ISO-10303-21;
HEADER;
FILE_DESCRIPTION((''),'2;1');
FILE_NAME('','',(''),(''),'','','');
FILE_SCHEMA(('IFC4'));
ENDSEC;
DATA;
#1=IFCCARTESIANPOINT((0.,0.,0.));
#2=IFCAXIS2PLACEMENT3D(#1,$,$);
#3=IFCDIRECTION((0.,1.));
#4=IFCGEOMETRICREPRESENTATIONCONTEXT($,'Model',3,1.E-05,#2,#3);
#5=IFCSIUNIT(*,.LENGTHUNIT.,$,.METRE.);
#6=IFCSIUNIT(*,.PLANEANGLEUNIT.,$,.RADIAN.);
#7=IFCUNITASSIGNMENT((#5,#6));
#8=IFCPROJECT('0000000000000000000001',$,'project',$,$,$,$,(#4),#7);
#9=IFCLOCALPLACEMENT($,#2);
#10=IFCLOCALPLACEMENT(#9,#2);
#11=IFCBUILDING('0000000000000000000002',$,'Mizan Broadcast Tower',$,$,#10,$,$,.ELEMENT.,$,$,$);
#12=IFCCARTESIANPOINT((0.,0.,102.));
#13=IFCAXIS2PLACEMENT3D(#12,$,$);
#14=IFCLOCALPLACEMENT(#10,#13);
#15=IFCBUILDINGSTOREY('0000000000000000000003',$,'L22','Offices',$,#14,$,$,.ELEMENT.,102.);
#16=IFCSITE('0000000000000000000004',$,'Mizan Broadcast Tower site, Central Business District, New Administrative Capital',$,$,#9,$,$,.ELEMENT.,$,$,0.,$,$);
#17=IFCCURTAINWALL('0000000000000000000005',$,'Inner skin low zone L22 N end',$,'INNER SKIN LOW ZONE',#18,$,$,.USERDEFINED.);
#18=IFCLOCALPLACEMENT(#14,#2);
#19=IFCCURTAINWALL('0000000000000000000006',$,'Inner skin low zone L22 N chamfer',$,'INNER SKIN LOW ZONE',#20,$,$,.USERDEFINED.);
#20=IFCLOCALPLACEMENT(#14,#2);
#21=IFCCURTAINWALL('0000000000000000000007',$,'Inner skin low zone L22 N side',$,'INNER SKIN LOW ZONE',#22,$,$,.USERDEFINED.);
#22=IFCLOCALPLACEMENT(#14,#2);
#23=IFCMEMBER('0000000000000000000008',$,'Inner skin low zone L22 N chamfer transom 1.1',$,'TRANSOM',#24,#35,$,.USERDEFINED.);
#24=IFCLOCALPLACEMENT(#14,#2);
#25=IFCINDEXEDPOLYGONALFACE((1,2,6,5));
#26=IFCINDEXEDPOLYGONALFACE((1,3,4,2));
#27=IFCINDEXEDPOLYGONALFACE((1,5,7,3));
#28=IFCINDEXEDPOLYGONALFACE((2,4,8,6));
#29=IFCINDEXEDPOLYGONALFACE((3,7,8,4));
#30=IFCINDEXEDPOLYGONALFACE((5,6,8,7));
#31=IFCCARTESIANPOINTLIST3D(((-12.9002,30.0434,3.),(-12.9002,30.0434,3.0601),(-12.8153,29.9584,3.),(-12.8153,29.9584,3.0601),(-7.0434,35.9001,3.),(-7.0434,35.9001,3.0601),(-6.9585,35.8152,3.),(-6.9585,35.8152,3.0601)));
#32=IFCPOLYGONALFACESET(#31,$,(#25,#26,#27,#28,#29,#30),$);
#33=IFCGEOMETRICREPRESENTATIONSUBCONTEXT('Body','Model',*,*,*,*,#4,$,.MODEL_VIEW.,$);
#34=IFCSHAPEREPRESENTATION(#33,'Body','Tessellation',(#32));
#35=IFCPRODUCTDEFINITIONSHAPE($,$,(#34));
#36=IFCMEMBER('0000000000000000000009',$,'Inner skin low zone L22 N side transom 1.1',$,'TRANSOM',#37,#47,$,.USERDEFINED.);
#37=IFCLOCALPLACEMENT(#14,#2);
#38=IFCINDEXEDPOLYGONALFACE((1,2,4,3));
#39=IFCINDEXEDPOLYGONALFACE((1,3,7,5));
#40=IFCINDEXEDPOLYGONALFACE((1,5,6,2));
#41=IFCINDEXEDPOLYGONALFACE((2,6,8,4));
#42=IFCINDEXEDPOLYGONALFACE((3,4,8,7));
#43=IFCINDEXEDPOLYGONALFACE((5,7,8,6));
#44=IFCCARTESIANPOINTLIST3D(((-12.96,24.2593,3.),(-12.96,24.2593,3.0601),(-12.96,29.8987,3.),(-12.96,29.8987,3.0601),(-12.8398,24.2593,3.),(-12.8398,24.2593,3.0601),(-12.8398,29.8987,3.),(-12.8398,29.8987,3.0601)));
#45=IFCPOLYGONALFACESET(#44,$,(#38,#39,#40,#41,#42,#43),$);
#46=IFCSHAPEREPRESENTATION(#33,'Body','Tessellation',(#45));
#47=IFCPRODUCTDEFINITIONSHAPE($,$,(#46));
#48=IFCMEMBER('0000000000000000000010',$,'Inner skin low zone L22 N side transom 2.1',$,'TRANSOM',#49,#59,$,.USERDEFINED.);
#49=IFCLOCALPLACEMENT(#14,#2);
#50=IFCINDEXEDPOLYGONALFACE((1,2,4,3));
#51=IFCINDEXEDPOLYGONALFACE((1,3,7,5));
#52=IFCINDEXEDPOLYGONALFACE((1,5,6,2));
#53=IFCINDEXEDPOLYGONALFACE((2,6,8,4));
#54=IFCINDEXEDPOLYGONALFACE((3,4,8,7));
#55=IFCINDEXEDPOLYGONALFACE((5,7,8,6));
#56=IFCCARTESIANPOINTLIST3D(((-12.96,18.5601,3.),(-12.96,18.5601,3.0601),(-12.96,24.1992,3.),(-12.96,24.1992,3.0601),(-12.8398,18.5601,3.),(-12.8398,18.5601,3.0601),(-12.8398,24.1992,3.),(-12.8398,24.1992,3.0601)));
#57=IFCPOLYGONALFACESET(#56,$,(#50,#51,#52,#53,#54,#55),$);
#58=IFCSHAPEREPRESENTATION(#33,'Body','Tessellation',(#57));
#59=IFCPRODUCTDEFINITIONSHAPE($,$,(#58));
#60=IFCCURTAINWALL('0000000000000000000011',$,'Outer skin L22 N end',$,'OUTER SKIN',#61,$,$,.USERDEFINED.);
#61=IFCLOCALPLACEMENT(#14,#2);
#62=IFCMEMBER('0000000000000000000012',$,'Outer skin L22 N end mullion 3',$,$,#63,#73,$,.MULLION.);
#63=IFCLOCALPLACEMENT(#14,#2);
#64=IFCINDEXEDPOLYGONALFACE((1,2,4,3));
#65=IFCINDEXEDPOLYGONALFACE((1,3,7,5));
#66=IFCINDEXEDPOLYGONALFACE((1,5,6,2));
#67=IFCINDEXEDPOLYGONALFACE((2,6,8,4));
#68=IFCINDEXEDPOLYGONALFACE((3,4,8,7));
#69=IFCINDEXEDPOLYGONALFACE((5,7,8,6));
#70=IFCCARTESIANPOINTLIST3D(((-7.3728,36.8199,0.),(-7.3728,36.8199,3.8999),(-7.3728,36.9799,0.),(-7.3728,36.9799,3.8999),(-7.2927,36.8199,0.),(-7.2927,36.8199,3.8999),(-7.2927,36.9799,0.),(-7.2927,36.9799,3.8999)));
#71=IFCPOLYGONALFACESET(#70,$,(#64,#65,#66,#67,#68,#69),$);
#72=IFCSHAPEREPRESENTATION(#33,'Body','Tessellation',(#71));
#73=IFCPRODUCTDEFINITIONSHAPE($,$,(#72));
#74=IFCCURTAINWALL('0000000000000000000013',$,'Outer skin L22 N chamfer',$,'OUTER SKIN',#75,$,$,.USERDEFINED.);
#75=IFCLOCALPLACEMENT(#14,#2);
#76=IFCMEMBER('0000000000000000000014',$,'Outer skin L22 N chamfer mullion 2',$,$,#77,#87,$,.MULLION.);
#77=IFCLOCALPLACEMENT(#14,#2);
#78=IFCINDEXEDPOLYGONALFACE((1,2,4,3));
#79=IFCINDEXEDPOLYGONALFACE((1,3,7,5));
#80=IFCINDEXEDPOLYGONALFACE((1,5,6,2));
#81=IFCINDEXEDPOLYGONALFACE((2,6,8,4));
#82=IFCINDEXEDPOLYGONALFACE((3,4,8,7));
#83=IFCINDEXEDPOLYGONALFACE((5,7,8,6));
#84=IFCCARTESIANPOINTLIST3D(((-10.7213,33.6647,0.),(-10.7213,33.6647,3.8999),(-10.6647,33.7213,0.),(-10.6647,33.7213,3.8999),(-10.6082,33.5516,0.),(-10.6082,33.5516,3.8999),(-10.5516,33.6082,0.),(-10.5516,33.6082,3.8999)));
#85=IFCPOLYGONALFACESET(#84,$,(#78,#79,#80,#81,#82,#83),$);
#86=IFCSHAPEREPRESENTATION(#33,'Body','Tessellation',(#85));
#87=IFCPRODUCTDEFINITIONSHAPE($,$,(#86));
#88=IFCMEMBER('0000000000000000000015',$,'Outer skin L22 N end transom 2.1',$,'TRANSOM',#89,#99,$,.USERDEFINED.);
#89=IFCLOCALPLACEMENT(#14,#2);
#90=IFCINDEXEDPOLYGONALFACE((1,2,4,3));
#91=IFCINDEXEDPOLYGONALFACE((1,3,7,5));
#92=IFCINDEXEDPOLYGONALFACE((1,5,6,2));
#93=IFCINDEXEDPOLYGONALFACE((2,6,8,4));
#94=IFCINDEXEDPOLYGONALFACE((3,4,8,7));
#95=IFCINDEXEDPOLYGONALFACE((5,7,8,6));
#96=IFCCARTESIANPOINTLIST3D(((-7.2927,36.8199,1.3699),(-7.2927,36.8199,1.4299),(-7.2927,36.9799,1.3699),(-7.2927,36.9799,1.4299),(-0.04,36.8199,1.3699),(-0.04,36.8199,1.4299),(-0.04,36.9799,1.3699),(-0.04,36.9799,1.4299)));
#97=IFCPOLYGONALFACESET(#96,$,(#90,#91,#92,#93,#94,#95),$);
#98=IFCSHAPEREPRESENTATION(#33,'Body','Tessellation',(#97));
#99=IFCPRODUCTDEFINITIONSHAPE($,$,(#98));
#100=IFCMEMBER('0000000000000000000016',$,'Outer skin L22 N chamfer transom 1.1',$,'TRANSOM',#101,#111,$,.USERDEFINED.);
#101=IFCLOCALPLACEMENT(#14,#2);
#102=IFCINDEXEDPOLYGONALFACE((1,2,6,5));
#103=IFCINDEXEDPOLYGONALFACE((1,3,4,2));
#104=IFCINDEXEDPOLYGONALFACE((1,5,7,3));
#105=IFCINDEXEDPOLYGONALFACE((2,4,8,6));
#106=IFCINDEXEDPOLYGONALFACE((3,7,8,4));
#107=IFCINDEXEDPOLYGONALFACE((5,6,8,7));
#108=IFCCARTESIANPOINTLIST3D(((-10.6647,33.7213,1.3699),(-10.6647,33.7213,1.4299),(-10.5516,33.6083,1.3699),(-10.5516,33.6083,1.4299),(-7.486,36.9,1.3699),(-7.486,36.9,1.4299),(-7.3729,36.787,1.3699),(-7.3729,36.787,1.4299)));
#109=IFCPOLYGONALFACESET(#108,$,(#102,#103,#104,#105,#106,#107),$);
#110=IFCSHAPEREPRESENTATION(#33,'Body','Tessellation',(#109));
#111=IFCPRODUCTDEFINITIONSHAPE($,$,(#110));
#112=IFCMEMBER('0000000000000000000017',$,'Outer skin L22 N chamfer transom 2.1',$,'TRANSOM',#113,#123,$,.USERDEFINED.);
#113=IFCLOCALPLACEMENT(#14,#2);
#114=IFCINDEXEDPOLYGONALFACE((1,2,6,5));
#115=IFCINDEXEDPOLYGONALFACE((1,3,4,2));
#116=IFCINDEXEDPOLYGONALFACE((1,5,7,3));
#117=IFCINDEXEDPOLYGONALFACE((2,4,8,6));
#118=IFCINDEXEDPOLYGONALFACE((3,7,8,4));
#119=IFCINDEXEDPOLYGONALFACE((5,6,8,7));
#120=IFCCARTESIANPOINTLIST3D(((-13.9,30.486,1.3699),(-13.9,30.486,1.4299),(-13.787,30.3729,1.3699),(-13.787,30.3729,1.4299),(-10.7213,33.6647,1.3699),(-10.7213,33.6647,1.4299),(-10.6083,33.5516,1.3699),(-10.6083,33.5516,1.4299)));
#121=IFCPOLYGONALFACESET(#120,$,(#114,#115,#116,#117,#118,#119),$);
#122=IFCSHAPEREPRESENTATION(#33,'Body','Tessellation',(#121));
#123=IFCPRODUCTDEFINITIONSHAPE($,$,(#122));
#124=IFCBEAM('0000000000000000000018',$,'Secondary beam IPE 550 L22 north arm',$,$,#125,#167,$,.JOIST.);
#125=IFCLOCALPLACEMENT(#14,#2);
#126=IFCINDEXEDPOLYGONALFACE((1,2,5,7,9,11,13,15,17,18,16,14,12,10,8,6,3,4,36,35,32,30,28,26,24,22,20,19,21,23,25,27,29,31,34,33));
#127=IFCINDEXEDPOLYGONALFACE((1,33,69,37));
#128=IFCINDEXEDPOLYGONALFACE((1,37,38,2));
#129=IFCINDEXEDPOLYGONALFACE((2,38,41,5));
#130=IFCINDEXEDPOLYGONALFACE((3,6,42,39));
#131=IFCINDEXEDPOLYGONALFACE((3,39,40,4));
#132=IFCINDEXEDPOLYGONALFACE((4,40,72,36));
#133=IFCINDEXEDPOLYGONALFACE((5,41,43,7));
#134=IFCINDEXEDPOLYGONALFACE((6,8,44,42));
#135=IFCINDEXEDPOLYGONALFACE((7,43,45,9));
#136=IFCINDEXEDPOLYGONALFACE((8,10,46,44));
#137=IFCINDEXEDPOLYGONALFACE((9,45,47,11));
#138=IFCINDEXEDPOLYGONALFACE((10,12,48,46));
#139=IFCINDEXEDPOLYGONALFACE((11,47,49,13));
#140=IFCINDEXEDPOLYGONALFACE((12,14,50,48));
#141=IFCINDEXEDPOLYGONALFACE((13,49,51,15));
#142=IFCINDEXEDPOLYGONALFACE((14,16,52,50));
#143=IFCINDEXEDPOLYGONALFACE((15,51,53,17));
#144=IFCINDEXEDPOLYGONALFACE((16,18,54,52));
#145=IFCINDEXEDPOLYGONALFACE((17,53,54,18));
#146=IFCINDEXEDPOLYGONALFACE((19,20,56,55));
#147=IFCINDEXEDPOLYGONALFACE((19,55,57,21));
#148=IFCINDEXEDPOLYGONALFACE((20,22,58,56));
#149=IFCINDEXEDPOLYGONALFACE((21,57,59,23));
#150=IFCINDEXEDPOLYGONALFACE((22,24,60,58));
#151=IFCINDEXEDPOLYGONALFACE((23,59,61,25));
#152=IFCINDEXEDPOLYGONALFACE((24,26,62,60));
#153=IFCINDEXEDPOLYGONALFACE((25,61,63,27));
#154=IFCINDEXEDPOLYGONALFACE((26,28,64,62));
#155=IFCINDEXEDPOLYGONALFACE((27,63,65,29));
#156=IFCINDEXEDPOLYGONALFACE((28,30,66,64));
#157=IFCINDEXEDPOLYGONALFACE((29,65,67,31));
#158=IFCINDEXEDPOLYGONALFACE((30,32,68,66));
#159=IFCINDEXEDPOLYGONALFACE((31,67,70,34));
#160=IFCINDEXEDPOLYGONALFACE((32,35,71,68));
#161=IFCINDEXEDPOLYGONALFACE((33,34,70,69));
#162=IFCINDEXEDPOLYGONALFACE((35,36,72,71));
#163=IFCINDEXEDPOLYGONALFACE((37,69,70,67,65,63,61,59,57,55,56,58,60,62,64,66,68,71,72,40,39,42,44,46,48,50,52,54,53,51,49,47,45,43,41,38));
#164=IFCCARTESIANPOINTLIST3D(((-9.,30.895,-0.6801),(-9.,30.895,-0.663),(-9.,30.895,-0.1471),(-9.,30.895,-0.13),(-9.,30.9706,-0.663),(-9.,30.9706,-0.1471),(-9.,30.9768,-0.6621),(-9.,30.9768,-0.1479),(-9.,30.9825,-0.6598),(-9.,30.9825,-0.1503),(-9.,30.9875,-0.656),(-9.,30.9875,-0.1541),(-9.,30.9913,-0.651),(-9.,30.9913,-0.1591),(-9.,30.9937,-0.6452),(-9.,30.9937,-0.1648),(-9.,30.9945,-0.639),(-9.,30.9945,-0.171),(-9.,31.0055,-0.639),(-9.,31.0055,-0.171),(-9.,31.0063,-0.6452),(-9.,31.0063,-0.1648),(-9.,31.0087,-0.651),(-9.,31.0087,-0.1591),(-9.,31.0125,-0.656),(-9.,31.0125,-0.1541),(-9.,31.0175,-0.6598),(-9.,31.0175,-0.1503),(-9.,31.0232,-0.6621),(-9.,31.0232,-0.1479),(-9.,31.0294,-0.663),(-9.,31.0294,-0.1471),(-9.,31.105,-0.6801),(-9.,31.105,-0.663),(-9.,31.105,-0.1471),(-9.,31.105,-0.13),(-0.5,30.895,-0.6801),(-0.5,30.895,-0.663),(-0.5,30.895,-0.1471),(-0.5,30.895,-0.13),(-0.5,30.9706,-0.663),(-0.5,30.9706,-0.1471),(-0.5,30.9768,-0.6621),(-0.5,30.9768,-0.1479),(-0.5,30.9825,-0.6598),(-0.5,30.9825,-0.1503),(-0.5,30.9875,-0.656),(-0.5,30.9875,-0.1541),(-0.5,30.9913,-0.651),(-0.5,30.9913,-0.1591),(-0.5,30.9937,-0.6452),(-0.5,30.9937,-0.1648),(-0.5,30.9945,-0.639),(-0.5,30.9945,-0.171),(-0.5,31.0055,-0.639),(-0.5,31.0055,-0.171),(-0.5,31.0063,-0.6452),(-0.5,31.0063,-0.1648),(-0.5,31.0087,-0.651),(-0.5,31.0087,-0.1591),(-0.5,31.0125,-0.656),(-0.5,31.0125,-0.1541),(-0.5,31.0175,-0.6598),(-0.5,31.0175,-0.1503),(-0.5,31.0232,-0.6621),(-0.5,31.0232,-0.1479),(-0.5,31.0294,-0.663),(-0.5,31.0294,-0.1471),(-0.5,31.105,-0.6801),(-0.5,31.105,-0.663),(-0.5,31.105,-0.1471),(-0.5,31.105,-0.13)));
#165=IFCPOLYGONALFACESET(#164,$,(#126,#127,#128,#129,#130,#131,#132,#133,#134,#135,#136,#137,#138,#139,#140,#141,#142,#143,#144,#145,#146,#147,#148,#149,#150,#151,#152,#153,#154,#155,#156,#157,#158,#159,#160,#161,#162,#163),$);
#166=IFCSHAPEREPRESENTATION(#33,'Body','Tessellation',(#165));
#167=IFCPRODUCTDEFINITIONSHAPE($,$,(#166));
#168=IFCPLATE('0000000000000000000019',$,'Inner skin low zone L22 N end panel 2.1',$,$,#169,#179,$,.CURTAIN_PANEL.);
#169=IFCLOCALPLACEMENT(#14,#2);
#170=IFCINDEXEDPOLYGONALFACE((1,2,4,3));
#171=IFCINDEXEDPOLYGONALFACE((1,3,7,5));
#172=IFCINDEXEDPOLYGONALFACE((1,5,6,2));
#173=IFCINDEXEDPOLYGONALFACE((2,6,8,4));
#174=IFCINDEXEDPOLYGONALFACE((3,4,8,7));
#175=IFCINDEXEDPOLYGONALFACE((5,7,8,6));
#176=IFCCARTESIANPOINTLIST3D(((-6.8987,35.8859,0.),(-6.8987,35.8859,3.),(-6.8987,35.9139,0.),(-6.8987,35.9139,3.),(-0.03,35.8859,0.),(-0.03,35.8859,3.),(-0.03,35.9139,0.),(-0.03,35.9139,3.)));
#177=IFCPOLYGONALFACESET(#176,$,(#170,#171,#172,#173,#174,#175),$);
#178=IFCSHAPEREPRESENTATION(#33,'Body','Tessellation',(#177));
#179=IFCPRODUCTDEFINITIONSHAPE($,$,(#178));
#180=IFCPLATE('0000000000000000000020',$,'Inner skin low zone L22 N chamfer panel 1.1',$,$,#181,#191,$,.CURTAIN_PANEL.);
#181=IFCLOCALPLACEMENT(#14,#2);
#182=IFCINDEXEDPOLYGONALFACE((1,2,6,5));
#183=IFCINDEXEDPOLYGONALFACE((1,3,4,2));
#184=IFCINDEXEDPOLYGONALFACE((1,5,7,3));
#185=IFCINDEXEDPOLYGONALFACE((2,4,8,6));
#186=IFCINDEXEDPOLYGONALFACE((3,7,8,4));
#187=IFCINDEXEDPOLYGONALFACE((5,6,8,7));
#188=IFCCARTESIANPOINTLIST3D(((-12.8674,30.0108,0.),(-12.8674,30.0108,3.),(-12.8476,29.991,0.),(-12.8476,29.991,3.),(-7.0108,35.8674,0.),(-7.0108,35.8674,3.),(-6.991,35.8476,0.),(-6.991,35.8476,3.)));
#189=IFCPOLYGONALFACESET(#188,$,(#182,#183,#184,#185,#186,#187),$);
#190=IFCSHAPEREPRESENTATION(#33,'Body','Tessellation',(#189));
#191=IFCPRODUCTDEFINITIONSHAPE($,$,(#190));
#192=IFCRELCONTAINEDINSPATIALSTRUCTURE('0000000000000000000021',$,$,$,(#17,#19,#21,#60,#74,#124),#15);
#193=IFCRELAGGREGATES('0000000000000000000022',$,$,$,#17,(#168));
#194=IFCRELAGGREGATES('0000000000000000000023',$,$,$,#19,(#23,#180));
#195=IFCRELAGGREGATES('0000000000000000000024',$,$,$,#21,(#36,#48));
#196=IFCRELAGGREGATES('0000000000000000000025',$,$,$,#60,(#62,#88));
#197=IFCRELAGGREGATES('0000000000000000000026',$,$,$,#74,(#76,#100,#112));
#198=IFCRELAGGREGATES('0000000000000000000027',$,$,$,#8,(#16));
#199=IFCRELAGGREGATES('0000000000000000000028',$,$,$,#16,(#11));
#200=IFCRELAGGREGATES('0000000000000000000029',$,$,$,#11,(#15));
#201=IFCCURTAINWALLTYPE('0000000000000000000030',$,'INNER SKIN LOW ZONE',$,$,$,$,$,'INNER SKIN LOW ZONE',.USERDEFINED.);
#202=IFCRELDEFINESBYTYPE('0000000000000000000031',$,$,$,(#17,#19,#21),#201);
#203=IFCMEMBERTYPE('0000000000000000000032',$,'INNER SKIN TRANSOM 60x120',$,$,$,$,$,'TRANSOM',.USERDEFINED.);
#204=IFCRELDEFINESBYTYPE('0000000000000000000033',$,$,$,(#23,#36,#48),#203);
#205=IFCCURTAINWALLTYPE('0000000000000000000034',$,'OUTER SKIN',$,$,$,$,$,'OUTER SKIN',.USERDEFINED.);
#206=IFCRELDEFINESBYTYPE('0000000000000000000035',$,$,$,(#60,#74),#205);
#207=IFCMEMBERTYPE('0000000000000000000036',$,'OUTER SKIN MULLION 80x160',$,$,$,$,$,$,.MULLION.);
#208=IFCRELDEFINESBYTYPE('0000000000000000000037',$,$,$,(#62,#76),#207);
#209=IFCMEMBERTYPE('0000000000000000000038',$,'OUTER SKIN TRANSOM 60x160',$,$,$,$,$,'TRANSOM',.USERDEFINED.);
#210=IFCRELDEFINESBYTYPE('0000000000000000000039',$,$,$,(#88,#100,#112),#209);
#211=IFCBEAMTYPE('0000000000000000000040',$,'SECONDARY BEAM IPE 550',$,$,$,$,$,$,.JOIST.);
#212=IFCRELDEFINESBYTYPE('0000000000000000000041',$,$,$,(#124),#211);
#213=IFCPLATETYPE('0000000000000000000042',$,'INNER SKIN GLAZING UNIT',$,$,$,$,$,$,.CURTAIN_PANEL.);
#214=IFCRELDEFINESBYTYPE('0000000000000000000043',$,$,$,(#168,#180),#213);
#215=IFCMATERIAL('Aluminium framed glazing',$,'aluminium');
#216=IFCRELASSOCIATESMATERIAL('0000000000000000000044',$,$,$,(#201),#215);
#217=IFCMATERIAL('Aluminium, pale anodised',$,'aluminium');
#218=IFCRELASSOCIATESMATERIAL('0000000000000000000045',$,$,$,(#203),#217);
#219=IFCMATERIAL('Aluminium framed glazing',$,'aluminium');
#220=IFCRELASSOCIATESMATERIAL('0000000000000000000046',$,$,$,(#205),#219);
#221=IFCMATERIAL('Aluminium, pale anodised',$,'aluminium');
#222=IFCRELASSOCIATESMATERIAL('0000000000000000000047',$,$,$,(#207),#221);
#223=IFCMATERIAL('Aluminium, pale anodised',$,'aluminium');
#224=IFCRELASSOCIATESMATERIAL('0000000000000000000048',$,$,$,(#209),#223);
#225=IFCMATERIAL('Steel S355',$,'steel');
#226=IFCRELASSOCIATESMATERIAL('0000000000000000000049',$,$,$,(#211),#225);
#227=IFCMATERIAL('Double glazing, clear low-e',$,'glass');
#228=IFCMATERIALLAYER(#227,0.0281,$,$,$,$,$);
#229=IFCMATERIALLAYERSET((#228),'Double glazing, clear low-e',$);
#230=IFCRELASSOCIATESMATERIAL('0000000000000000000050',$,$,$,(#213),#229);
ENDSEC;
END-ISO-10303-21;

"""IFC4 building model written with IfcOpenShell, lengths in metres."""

from ifc_helpers import new_model, si_unit, direction, frame, origin, origin_2d, place, context, subcontext, project, spatial, rectangle, i_section, extrude, material, layer, layer_set, material_profile, profile_set, type_object, element, aggregate, save


model = new_model("IFC4")

# Units and contexts
model_context = context("Model", 3, precision=1e-05, world=origin(), true_north=direction((0.0, 1.0)))
body_context = subcontext(model_context, "Body", "Model", "MODEL_VIEW")
ifc_project = project(units=[si_unit("LENGTHUNIT", "METRE"), si_unit("PLANEANGLEUNIT", "RADIAN")], contexts=[model_context])

# Site, building, storey
site_placement = place(None, origin())
site = spatial("IfcSite", under=ifc_project, at=site_placement, Name="Mizan Broadcast Tower site, Central Business District, New Administrative Capital", CompositionType="ELEMENT", RefElevation=0.0)
building_placement = place(site_placement, origin())
building = spatial("IfcBuilding", under=site, at=building_placement, Name="Mizan Broadcast Tower", CompositionType="ELEMENT")
storey_placement = place(building_placement, frame((0.0, 0.0, 102.0)))
storey = spatial("IfcBuildingStorey", under=building, at=storey_placement, Name="L22", Description="Offices", CompositionType="ELEMENT", Elevation=102.0)

# Curtain walls
ifc_material_1 = material(Name="Aluminium framed glazing", Category="aluminium")
curtain_wall_type_1 = type_object("IfcCurtainWallType", Name="INNER SKIN LOW ZONE", ElementType="INNER SKIN LOW ZONE", PredefinedType="USERDEFINED", material=ifc_material_1)
curtain_wall_1_placement = place(storey_placement, origin())
curtain_wall_1 = element("IfcCurtainWall", 1, at=curtain_wall_1_placement, inside=storey, type_object=curtain_wall_type_1, Name="Inner skin low zone L22 N end", ObjectType="INNER SKIN LOW ZONE", PredefinedType="USERDEFINED")
curtain_wall_2_placement = place(storey_placement, origin())
curtain_wall_2 = element("IfcCurtainWall", 2, at=curtain_wall_2_placement, inside=storey, type_object=curtain_wall_type_1, Name="Inner skin low zone L22 N chamfer", ObjectType="INNER SKIN LOW ZONE", PredefinedType="USERDEFINED")
curtain_wall_3_placement = place(storey_placement, origin())
curtain_wall_3 = element("IfcCurtainWall", 3, at=curtain_wall_3_placement, inside=storey, type_object=curtain_wall_type_1, Name="Inner skin low zone L22 N side", ObjectType="INNER SKIN LOW ZONE", PredefinedType="USERDEFINED")

# Members
ifc_material_2 = material(Name="Aluminium, pale anodised", Category="aluminium")
ifc_material_profile_1 = material_profile(ifc_material_2, rectangle(XDim=0.1201, YDim=0.0601, at=origin_2d()), Name="TRANSOM 120x60")
ifc_profile_set_1 = profile_set([ifc_material_profile_1], Name="Aluminium, pale anodised")
member_type_1 = type_object("IfcMemberType", Name="INNER SKIN TRANSOM 60x120", ElementType="TRANSOM", PredefinedType="USERDEFINED", material=ifc_profile_set_1)
member_1_placement = place(storey_placement, frame((-7.001, 35.8577, 3.03), z_axis=(-0.707107, -0.707107, 0.0), x_axis=(0.707107, -0.707107, 0.0)))
member_1 = element("IfcMember", 4, at=member_1_placement, type_object=member_type_1, Name="Inner skin low zone L22 N chamfer transom 1.1", ObjectType="TRANSOM", PredefinedType="USERDEFINED", context=body_context, shape_type="SweptSolid", body=[
    extrude(rectangle(XDim=0.1201, YDim=0.0601, at=origin_2d()), origin(), (0.0, 0.0, 1.0), 8.2827),
])
member_2_placement = place(storey_placement, frame((-12.8999, 29.8987, 3.03), z_axis=(0.0, -1.0, 0.0), x_axis=(1.0, 0.0, 0.0)))
member_2 = element("IfcMember", 5, at=member_2_placement, type_object=member_type_1, Name="Inner skin low zone L22 N side transom 1.1", ObjectType="TRANSOM", PredefinedType="USERDEFINED", context=body_context, shape_type="SweptSolid", body=[
    extrude(rectangle(XDim=0.1201, YDim=0.0601, at=origin_2d()), origin(), (0.0, 0.0, 1.0), 5.6394),
])
member_3_placement = place(storey_placement, frame((-12.8999, 24.1992, 3.03), z_axis=(0.0, -1.0, 0.0), x_axis=(1.0, 0.0, 0.0)))
member_3 = element("IfcMember", 6, at=member_3_placement, type_object=member_type_1, Name="Inner skin low zone L22 N side transom 2.1", ObjectType="TRANSOM", PredefinedType="USERDEFINED", context=body_context, shape_type="SweptSolid", body=[
    extrude(rectangle(XDim=0.1201, YDim=0.0601, at=origin_2d()), origin(), (0.0, 0.0, 1.0), 5.6392),
])

# Curtain walls, members
ifc_material_3 = material(Name="Aluminium framed glazing", Category="aluminium")
curtain_wall_type_2 = type_object("IfcCurtainWallType", Name="OUTER SKIN", ElementType="OUTER SKIN", PredefinedType="USERDEFINED", material=ifc_material_3)
curtain_wall_4_placement = place(storey_placement, origin())
curtain_wall_4 = element("IfcCurtainWall", 7, at=curtain_wall_4_placement, inside=storey, type_object=curtain_wall_type_2, Name="Outer skin L22 N end", ObjectType="OUTER SKIN", PredefinedType="USERDEFINED")
ifc_material_4 = material(Name="Aluminium, pale anodised", Category="aluminium")
ifc_material_profile_2 = material_profile(ifc_material_4, rectangle(XDim=0.1599, YDim=0.0801, at=origin_2d()), Name="MULLION 160x80")
ifc_profile_set_2 = profile_set([ifc_material_profile_2], Name="Aluminium, pale anodised")
member_type_2 = type_object("IfcMemberType", Name="OUTER SKIN MULLION 80x160", PredefinedType="MULLION", material=ifc_profile_set_2)
member_4_placement = place(storey_placement, frame((-7.3328, 36.8999, 0.0), z_axis=(0.0, 0.0, 1.0), x_axis=(0.0, -1.0, 0.0)))
member_4 = element("IfcMember", 8, at=member_4_placement, type_object=member_type_2, Name="Outer skin L22 N end mullion 3", PredefinedType="MULLION", context=body_context, shape_type="SweptSolid", body=[
    extrude(rectangle(XDim=0.1599, YDim=0.0801, at=origin_2d()), origin(), (0.0, 0.0, 1.0), 3.8999),
])
curtain_wall_5_placement = place(storey_placement, origin())
curtain_wall_5 = element("IfcCurtainWall", 9, at=curtain_wall_5_placement, inside=storey, type_object=curtain_wall_type_2, Name="Outer skin L22 N chamfer", ObjectType="OUTER SKIN", PredefinedType="USERDEFINED")
member_5_placement = place(storey_placement, frame((-10.6365, 33.6365, 0.0), z_axis=(0.0, 0.0, 1.0), x_axis=(0.707107, -0.707107, 0.0)))
member_5 = element("IfcMember", 10, at=member_5_placement, type_object=member_type_2, Name="Outer skin L22 N chamfer mullion 2", PredefinedType="MULLION", context=body_context, shape_type="SweptSolid", body=[
    extrude(rectangle(XDim=0.1599, YDim=0.0801, at=origin_2d()), origin(), (0.0, 0.0, 1.0), 3.8999),
])

# Members
ifc_material_5 = material(Name="Aluminium, pale anodised", Category="aluminium")
ifc_material_profile_3 = material_profile(ifc_material_5, rectangle(XDim=0.1599, YDim=0.0601, at=origin_2d()), Name="TRANSOM 160x60")
ifc_profile_set_3 = profile_set([ifc_material_profile_3], Name="Aluminium, pale anodised")
member_type_3 = type_object("IfcMemberType", Name="OUTER SKIN TRANSOM 60x160", ElementType="TRANSOM", PredefinedType="USERDEFINED", material=ifc_profile_set_3)
member_6_placement = place(storey_placement, frame((-0.04, 36.8999, 1.3999), z_axis=(-1.0, 0.0, 0.0), x_axis=(0.0, -1.0, 0.0)))
member_6 = element("IfcMember", 11, at=member_6_placement, type_object=member_type_3, Name="Outer skin L22 N end transom 2.1", ObjectType="TRANSOM", PredefinedType="USERDEFINED", context=body_context, shape_type="SweptSolid", body=[
    extrude(rectangle(XDim=0.1599, YDim=0.0601, at=origin_2d()), origin(), (0.0, 0.0, 1.0), 7.2527),
])
member_7_placement = place(storey_placement, frame((-7.4294, 36.8435, 1.3999), z_axis=(-0.707107, -0.707107, 0.0), x_axis=(0.707107, -0.707107, 0.0)))
member_7 = element("IfcMember", 12, at=member_7_placement, type_object=member_type_3, Name="Outer skin L22 N chamfer transom 1.1", ObjectType="TRANSOM", PredefinedType="USERDEFINED", context=body_context, shape_type="SweptSolid", body=[
    extrude(rectangle(XDim=0.1599, YDim=0.0601, at=origin_2d()), origin(), (0.0, 0.0, 1.0), 4.4954),
])
member_8_placement = place(storey_placement, frame((-10.6648, 33.6082, 1.3999), z_axis=(-0.707107, -0.707107, 0.0), x_axis=(0.707107, -0.707107, 0.0)))
member_8 = element("IfcMember", 13, at=member_8_placement, type_object=member_type_3, Name="Outer skin L22 N chamfer transom 2.1", ObjectType="TRANSOM", PredefinedType="USERDEFINED", context=body_context, shape_type="SweptSolid", body=[
    extrude(rectangle(XDim=0.1599, YDim=0.0601, at=origin_2d()), origin(), (0.0, 0.0, 1.0), 4.4954),
])

# Beam
ifc_material_6 = material(Name="Steel S355", Category="steel")
ifc_material_profile_4 = material_profile(ifc_material_6, i_section(OverallWidth=0.21, OverallDepth=0.55, WebThickness=0.011, FlangeThickness=0.0171, FilletRadius=0.0239, at=origin_2d()), Name="IPE 550")
ifc_profile_set_4 = profile_set([ifc_material_profile_4], Name="Steel S355")
beam_type_1 = type_object("IfcBeamType", Name="SECONDARY BEAM IPE 550", PredefinedType="JOIST", material=ifc_profile_set_4)
beam_1_placement = place(storey_placement, frame((-9.0, 31.0, -0.405), z_axis=(1.0, 0.0, 0.0), x_axis=(0.0, 1.0, 0.0)))
element("IfcBeam", 14, at=beam_1_placement, inside=storey, type_object=beam_type_1, Name="Secondary beam IPE 550 L22 north arm", PredefinedType="JOIST", context=body_context, shape_type="SweptSolid", body=[
    extrude(i_section(OverallWidth=0.21, OverallDepth=0.55, WebThickness=0.011, FlangeThickness=0.0171, FilletRadius=0.0239, at=origin_2d()), origin(), (0.0, 0.0, 1.0), 8.5),
])

# Plates
ifc_material_7 = material(Name="Double glazing, clear low-e", Category="glass")
ifc_layer_1 = layer(ifc_material_7, 0.0281)
ifc_layer_set_1 = layer_set([ifc_layer_1], Name="Double glazing, clear low-e")
plate_type_1 = type_object("IfcPlateType", Name="INNER SKIN GLAZING UNIT", PredefinedType="CURTAIN_PANEL", material=ifc_layer_set_1)
plate_1_placement = place(storey_placement, frame((-3.4644, 35.8999, 0.0), z_axis=(0.0, 0.0, 1.0), x_axis=(-1.0, 0.0, 0.0)))
plate_1 = element("IfcPlate", 15, at=plate_1_placement, type_object=plate_type_1, Name="Inner skin low zone L22 N end panel 2.1", PredefinedType="CURTAIN_PANEL", context=body_context, shape_type="SweptSolid", body=[
    extrude(rectangle(XDim=6.8687, YDim=0.0281, at=origin_2d()), origin(), (0.0, 0.0, 1.0), 3.0),
])
plate_2_placement = place(storey_placement, frame((-9.9292, 32.9292, 0.0), z_axis=(0.0, 0.0, 1.0), x_axis=(-0.707107, -0.707107, 0.0)))
plate_2 = element("IfcPlate", 16, at=plate_2_placement, type_object=plate_type_1, Name="Inner skin low zone L22 N chamfer panel 1.1", PredefinedType="CURTAIN_PANEL", context=body_context, shape_type="SweptSolid", body=[
    extrude(rectangle(XDim=8.2825, YDim=0.0281, at=origin_2d()), origin(), (0.0, 0.0, 1.0), 3.0),
])
aggregate(curtain_wall_1, [plate_1])
aggregate(curtain_wall_2, [member_1, plate_2])
aggregate(curtain_wall_3, [member_2, member_3])
aggregate(curtain_wall_4, [member_4, member_6])
aggregate(curtain_wall_5, [member_5, member_7, member_8])

save(model, "model.ifc")
